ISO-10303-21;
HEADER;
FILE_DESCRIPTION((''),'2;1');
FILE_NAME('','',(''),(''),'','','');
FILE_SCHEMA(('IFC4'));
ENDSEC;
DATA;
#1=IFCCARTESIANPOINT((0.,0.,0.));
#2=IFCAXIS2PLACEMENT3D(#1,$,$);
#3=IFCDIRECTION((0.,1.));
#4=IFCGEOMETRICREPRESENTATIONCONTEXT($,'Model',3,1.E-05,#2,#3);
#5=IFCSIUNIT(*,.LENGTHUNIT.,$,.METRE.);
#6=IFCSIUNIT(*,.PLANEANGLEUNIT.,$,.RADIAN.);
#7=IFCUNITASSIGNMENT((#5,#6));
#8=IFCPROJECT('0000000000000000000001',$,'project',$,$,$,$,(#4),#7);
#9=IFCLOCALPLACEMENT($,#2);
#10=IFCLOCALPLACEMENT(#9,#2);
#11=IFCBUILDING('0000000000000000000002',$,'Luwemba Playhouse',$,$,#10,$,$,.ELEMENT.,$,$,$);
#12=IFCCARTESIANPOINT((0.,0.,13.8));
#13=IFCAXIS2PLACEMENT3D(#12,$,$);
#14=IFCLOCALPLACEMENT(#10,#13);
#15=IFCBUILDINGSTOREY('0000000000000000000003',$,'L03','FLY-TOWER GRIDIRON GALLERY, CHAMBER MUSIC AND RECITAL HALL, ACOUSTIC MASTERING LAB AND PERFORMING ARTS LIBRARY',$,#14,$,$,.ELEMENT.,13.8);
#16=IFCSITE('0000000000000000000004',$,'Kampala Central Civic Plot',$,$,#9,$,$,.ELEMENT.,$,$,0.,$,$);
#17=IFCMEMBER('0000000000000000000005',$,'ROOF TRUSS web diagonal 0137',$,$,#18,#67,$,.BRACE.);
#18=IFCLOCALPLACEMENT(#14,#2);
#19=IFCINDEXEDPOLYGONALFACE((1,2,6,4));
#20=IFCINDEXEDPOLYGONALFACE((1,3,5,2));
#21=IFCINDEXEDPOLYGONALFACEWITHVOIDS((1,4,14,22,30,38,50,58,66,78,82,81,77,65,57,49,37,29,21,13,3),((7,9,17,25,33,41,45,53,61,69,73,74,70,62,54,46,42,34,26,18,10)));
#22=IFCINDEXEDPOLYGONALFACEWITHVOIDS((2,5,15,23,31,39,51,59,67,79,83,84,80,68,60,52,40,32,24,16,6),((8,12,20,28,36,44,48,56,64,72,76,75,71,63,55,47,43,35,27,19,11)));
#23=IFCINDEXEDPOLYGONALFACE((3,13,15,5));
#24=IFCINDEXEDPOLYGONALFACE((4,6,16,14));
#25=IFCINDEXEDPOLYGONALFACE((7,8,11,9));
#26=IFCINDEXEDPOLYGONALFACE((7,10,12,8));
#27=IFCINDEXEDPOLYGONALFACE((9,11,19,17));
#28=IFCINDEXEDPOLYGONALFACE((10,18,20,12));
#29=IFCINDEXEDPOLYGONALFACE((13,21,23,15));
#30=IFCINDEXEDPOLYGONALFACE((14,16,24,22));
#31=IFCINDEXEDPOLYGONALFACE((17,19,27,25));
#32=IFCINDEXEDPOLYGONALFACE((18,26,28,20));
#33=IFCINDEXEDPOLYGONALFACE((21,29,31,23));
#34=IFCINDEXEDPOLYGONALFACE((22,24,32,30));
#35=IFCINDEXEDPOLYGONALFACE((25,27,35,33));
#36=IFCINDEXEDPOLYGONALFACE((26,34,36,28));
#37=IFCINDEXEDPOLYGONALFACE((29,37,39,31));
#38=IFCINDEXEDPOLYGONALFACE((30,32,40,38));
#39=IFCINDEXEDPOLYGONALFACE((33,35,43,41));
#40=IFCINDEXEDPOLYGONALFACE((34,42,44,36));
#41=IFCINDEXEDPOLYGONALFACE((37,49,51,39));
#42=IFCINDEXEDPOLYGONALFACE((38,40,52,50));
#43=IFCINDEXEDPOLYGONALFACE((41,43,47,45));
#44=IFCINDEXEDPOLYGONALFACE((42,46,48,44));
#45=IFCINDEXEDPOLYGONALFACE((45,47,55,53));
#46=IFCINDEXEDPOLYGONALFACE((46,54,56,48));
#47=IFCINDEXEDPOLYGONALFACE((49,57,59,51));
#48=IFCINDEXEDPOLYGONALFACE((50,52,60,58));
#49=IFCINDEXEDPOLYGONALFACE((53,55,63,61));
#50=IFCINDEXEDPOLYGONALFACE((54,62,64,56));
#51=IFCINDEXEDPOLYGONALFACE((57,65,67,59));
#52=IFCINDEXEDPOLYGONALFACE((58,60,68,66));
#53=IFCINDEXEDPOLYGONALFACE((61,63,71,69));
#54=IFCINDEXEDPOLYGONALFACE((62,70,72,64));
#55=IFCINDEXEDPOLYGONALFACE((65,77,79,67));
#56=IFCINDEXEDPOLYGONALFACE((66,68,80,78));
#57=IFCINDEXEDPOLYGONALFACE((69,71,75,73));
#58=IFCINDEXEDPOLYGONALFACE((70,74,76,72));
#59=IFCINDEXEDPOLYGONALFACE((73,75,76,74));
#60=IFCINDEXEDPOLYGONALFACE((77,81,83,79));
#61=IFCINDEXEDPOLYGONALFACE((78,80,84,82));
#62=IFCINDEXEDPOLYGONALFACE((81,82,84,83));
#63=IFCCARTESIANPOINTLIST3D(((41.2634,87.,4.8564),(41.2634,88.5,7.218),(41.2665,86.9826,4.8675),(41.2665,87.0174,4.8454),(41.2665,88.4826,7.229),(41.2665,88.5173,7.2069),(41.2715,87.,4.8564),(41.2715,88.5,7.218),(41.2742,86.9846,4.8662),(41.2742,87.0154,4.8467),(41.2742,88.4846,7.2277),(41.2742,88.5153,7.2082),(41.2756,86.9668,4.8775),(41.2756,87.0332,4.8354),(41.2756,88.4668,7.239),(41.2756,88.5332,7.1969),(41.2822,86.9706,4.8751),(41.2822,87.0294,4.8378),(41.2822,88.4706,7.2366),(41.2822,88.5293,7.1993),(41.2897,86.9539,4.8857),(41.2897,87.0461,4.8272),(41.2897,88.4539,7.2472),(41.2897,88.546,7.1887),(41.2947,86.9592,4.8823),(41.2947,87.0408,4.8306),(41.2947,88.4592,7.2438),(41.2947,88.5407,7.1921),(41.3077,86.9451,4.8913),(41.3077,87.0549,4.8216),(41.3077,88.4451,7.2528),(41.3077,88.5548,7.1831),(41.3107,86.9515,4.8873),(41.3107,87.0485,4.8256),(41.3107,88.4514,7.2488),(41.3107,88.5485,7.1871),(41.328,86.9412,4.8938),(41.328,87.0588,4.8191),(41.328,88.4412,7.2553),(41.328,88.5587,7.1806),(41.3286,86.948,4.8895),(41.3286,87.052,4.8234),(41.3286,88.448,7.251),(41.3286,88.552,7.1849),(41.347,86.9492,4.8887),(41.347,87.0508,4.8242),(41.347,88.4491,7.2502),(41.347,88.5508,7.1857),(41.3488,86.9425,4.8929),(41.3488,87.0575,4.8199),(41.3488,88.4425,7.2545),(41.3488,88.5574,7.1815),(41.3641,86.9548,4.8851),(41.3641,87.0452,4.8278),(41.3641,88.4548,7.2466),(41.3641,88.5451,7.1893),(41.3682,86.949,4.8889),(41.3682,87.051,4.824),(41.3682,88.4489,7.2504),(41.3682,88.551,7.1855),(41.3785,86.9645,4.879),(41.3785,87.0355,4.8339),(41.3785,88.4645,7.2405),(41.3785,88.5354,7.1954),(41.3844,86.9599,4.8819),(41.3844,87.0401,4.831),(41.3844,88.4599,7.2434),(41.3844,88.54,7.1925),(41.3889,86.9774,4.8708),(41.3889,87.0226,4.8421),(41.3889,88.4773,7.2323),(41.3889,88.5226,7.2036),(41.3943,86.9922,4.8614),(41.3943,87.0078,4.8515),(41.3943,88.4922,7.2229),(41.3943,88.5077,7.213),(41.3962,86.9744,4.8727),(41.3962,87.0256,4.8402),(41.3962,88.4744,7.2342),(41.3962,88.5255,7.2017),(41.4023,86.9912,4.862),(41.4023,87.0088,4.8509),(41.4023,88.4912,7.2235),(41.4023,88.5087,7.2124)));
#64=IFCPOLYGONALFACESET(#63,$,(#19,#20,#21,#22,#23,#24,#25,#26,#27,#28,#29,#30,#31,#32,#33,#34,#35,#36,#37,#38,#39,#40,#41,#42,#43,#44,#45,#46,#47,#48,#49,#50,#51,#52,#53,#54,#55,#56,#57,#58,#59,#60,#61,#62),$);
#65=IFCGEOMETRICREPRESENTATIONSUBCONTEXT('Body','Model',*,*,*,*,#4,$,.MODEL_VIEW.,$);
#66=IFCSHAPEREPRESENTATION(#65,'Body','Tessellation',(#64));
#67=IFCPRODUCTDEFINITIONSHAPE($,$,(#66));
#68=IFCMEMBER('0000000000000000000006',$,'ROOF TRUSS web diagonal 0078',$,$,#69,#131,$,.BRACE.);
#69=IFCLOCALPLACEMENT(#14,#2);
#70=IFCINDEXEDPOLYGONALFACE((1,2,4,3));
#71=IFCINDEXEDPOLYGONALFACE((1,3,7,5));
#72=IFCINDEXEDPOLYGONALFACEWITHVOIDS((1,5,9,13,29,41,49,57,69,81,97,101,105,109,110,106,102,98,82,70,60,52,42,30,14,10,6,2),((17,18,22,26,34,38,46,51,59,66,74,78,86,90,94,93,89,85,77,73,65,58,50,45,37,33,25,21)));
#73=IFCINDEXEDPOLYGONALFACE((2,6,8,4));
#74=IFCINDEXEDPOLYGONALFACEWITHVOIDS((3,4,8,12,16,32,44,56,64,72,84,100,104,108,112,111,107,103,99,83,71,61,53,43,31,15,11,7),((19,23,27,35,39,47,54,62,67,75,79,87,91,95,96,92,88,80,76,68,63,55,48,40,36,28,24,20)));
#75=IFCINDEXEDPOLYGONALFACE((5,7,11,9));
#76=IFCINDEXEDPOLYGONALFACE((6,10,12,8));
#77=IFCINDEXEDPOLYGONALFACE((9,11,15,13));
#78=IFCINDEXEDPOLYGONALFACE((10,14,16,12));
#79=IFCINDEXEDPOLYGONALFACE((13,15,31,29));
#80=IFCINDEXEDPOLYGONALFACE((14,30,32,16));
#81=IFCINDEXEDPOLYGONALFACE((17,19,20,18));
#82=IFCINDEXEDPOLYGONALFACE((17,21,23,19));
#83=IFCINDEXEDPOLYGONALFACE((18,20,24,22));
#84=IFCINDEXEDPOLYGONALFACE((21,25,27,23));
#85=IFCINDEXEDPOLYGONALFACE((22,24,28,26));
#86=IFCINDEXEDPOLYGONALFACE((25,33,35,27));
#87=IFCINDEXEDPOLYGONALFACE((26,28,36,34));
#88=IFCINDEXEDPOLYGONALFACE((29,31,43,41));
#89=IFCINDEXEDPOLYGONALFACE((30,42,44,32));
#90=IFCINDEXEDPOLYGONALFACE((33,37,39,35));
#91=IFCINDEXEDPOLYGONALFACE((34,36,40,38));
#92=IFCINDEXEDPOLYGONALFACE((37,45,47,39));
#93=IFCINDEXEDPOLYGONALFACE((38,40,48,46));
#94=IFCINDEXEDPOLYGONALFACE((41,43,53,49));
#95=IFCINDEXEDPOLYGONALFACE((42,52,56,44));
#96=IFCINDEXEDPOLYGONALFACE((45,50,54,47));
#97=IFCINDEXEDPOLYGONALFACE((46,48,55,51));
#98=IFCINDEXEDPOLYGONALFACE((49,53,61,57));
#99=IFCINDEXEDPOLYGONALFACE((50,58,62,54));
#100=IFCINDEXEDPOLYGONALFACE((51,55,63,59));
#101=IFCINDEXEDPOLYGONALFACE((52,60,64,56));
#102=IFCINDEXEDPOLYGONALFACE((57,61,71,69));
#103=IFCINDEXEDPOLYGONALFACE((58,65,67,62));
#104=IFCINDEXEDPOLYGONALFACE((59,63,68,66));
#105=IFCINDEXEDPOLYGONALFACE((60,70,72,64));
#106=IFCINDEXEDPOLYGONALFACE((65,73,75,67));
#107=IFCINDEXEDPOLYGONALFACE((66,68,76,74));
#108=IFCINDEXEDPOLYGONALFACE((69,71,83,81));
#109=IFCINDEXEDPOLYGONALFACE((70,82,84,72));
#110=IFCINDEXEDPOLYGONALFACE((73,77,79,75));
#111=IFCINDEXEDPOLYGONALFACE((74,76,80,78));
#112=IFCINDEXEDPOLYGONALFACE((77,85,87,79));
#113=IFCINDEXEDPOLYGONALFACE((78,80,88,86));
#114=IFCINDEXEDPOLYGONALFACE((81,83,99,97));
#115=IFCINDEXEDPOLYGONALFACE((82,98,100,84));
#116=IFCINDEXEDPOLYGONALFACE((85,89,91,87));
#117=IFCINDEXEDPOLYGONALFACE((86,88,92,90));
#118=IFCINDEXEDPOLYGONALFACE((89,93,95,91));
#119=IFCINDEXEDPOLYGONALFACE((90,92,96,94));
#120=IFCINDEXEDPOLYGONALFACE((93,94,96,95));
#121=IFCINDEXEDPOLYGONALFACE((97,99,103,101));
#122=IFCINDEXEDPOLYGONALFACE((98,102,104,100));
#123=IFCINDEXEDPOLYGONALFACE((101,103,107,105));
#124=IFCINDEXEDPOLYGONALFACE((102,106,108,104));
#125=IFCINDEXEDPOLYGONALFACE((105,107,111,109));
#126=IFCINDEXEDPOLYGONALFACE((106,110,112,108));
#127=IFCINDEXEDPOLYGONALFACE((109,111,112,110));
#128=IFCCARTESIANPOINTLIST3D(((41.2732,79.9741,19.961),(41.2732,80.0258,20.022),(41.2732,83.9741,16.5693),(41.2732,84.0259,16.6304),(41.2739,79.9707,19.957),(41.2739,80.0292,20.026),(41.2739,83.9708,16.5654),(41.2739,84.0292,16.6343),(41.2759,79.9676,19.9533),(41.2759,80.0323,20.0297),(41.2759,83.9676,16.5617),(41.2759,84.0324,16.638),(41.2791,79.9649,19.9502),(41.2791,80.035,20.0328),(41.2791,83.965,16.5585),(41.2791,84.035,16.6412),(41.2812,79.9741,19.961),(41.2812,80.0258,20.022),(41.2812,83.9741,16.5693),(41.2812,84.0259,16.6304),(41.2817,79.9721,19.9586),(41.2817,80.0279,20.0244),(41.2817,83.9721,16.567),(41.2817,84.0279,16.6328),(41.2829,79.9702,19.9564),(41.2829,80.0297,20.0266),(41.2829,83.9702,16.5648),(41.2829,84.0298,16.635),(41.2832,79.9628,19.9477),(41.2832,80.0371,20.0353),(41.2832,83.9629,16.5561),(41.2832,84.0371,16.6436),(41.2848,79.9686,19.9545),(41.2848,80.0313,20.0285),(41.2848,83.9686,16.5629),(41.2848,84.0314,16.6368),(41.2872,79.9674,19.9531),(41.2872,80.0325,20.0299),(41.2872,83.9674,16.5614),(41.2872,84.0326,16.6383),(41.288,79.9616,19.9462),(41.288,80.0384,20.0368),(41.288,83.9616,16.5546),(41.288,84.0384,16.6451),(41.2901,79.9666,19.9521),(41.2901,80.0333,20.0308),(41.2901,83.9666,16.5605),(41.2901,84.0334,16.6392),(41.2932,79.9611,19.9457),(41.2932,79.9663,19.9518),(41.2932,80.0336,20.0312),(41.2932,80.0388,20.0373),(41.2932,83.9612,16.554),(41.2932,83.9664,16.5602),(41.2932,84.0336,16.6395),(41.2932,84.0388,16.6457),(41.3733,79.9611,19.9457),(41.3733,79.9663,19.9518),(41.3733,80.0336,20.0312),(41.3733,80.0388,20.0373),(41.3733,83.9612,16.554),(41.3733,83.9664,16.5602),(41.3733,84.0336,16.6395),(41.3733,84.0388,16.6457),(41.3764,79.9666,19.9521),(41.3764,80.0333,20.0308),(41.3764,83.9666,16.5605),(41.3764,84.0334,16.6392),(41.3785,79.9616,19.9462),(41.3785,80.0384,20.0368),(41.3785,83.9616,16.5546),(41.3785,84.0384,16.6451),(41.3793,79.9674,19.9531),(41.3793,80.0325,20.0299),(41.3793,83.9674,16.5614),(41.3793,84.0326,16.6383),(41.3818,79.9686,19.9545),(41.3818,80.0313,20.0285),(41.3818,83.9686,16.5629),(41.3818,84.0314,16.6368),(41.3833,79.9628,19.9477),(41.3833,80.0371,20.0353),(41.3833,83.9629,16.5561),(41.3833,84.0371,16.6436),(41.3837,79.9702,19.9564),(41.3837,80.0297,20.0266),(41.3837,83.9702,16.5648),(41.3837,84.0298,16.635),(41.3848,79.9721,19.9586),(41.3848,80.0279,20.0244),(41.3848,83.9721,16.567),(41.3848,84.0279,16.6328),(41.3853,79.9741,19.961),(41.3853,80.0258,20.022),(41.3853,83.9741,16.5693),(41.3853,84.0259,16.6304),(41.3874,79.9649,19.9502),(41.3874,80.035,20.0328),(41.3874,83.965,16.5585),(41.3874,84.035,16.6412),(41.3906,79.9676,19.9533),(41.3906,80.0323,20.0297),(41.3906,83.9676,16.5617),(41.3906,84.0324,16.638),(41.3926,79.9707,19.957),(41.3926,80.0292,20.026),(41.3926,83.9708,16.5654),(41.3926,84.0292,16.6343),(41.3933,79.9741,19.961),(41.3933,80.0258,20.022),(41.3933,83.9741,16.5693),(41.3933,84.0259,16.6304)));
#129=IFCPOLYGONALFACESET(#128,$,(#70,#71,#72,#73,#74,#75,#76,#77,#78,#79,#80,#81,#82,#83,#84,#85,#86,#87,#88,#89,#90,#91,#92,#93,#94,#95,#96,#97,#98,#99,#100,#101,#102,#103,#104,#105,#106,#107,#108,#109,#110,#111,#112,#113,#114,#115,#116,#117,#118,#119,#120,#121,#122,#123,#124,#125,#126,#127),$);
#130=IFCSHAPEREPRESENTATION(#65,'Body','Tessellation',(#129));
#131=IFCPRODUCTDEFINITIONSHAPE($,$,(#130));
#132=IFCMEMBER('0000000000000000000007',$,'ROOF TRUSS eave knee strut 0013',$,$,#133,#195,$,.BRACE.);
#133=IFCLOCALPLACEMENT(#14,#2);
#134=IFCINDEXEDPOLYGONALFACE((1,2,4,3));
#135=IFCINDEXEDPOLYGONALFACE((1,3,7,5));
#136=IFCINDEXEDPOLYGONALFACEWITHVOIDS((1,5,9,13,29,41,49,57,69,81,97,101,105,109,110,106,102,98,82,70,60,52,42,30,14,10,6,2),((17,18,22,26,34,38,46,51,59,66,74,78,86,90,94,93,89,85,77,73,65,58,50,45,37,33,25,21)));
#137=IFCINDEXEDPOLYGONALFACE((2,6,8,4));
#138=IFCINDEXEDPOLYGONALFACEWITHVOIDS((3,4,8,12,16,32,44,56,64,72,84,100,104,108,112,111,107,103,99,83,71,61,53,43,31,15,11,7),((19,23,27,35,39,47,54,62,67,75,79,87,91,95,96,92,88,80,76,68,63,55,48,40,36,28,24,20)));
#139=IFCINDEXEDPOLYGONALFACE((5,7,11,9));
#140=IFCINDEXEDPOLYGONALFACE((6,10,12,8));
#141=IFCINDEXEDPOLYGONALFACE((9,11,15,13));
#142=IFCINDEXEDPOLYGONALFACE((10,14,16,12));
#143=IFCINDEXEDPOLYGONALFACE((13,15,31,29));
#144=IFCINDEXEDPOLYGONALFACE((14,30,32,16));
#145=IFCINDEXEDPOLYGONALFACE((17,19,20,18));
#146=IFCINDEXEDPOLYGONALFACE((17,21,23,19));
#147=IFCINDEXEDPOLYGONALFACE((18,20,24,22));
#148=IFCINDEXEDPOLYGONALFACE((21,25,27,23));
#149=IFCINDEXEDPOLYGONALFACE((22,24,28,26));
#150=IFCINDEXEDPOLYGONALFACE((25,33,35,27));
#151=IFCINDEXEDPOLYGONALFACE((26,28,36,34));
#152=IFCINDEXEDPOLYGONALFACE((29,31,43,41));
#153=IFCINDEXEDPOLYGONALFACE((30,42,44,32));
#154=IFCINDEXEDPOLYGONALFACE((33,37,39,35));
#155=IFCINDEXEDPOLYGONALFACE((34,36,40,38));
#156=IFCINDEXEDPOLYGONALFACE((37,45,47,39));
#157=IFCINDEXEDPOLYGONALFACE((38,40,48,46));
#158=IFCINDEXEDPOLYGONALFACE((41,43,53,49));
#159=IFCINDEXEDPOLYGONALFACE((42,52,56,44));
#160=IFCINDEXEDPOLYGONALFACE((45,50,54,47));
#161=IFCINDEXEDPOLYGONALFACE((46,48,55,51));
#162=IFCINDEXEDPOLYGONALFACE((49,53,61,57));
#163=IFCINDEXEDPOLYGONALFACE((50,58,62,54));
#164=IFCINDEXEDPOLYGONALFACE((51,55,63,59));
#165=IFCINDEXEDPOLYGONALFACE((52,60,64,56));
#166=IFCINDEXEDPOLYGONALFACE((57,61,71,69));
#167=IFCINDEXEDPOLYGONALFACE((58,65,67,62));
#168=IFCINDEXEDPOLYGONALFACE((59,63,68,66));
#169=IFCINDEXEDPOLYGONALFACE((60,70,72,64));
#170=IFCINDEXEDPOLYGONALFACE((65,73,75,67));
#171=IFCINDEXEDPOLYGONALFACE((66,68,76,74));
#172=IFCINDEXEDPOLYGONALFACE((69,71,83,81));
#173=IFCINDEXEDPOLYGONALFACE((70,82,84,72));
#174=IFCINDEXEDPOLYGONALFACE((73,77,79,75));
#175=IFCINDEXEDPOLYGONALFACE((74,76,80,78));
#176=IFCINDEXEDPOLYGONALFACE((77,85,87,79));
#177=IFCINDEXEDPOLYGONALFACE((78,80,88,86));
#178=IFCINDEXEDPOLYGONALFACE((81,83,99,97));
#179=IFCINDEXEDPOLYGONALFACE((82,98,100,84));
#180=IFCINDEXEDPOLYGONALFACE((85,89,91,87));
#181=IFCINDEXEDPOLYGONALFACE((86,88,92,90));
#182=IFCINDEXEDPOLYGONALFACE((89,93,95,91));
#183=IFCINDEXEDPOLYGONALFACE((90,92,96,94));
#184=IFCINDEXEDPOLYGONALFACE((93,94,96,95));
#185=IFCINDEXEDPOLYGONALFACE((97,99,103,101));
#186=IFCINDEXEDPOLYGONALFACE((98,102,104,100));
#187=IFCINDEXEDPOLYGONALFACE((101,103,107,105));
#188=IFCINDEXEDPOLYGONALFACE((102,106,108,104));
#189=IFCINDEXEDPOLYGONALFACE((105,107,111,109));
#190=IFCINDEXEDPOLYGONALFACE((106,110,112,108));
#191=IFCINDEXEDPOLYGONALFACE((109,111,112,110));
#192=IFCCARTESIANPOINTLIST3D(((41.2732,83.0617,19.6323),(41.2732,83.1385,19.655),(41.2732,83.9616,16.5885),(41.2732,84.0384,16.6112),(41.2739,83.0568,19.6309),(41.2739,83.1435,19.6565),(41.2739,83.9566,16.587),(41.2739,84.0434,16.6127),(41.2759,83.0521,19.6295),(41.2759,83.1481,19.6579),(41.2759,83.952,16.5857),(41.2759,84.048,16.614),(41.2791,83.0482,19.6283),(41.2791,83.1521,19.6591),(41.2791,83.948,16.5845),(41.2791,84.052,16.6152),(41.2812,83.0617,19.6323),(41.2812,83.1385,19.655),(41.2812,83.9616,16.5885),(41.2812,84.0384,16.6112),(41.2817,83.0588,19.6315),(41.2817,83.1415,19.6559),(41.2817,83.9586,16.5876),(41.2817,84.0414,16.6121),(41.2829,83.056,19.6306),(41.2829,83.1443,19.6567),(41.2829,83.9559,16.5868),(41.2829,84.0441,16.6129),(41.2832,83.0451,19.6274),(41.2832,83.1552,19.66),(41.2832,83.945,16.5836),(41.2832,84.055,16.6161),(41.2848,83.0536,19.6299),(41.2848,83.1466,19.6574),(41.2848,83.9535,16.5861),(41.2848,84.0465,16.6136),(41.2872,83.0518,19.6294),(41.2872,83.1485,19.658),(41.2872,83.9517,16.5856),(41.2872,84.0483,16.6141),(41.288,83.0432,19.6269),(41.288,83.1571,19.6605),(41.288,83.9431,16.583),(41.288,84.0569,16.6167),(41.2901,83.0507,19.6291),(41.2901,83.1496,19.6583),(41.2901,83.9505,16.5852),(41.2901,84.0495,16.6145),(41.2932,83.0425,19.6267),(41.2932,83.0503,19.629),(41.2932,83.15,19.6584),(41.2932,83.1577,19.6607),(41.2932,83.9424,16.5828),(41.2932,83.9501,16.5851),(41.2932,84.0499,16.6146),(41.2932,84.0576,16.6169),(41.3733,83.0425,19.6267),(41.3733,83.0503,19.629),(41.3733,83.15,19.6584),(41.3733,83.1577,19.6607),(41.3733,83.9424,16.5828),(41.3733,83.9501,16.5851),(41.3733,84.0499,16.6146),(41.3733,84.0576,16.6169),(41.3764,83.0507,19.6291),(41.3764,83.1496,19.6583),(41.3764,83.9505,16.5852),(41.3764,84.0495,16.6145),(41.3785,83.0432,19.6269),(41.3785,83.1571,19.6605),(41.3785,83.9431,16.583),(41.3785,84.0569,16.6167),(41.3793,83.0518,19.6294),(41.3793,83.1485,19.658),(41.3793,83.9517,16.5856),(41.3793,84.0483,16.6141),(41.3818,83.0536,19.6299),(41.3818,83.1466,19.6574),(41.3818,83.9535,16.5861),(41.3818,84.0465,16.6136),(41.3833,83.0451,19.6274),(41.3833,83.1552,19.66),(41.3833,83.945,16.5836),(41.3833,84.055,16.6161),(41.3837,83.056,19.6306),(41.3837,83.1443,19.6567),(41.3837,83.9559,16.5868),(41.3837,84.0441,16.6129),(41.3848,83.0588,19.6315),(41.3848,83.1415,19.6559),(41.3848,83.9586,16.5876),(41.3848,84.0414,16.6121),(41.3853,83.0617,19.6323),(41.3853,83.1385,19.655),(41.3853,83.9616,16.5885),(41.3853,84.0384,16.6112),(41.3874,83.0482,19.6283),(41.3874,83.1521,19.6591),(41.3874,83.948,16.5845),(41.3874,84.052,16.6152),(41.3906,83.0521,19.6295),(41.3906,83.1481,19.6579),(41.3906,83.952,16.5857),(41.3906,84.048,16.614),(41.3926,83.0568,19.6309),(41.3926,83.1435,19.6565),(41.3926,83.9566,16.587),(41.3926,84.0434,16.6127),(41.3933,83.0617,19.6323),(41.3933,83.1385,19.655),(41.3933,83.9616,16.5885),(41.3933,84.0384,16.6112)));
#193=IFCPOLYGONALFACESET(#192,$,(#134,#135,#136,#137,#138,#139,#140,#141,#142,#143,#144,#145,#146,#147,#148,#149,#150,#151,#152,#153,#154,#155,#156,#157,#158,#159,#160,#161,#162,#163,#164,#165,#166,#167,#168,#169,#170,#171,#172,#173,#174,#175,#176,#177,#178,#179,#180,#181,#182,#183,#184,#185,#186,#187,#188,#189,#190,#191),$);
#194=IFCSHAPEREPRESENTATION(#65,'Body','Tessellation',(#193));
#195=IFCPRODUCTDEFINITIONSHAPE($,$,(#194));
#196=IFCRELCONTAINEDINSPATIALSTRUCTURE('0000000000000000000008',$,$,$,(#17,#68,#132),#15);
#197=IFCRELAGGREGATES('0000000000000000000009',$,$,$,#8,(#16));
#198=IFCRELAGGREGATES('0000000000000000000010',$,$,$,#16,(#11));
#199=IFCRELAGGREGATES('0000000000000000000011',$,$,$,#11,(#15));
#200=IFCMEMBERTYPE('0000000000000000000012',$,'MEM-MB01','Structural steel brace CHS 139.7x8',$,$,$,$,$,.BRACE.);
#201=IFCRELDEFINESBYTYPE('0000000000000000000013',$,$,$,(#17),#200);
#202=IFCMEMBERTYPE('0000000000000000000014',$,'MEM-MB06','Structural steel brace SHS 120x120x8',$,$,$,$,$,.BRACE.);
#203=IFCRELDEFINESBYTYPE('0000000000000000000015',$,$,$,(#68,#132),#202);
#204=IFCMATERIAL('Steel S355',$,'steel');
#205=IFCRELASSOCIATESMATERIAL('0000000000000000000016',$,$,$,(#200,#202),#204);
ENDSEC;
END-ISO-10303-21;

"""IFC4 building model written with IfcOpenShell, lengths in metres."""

from ifc_helpers import new_model, si_unit, direction, frame, origin, origin_2d, place, context, subcontext, project, spatial, hollow_rectangle, hollow_circle, extrude, material, material_profile, profile_set, type_object, element, save


model = new_model("IFC4")

# Units and contexts
model_context = context("Model", 3, precision=1e-05, world=origin(), true_north=direction((0.0, 1.0)))
body_context = subcontext(model_context, "Body", "Model", "MODEL_VIEW")
ifc_project = project(units=[si_unit("LENGTHUNIT", "METRE"), si_unit("PLANEANGLEUNIT", "RADIAN")], contexts=[model_context])

# Site, building, storey
site_placement = place(None, origin())
site = spatial("IfcSite", under=ifc_project, at=site_placement, Name="Kampala Central Civic Plot", CompositionType="ELEMENT", RefElevation=0.0)
building_placement = place(site_placement, origin())
building = spatial("IfcBuilding", under=site, at=building_placement, Name="Luwemba Playhouse", CompositionType="ELEMENT")
storey_placement = place(building_placement, frame((0.0, 0.0, 13.8)))
storey = spatial("IfcBuildingStorey", under=building, at=storey_placement, Name="L03", Description="FLY-TOWER GRIDIRON GALLERY, CHAMBER MUSIC AND RECITAL HALL, ACOUSTIC MASTERING LAB AND PERFORMING ARTS LIBRARY", CompositionType="ELEMENT", Elevation=13.8)

# Shared definitions
ifc_material_1 = material(Name="Steel S355", Category="steel")

# Members
ifc_material_profile_1 = material_profile(ifc_material_1, hollow_circle(Radius=0.0698, WallThickness=0.0081, at=origin_2d()))
ifc_profile_set_1 = profile_set([ifc_material_profile_1], Name="Steel S355")
member_type_1 = type_object("IfcMemberType", Name="MEM-MB01", Description="Structural steel brace CHS 139.7x8", PredefinedType="BRACE", material=ifc_profile_set_1)
for number, where, z_axis, x_axis, name in (
    (1, (41.3333, 87.0, 4.8564), (0.0, 0.536158, 0.844118), (-1.0, 0.0, 0.0), "ROOF TRUSS web diagonal 0137"),
):
    element("IfcMember", number, at=place(storey_placement, frame(where, z_axis=z_axis, x_axis=x_axis)), inside=storey, type_object=member_type_1, Name=name, PredefinedType="BRACE", context=body_context, shape_type="SweptSolid", body=[
        extrude(hollow_circle(Radius=0.0698, WallThickness=0.0081, at=origin_2d()), origin(), (0.0, 0.0, 1.0), 2.7976),
    ])
ifc_material_profile_2 = material_profile(ifc_material_1, hollow_rectangle(XDim=0.1201, YDim=0.1201, WallThickness=0.0081, InnerFilletRadius=0.012, OuterFilletRadius=0.02, at=origin_2d()))
ifc_profile_set_2 = profile_set([ifc_material_profile_2], Name="Steel S355")
member_type_2 = type_object("IfcMemberType", Name="MEM-MB06", Description="Structural steel brace SHS 120x120x8", PredefinedType="BRACE", material=ifc_profile_set_2)
member_1_placement = place(storey_placement, frame((41.3333, 84.0, 16.5999), z_axis=(0.0, -0.762729, 0.646718), x_axis=(1.0, 0.0, 0.0)))
element("IfcMember", 2, at=member_1_placement, inside=storey, type_object=member_type_2, Name="ROOF TRUSS web diagonal 0078", PredefinedType="BRACE", context=body_context, shape_type="SweptSolid", body=[
    extrude(hollow_rectangle(XDim=0.1201, YDim=0.1201, WallThickness=0.0081, InnerFilletRadius=0.012, OuterFilletRadius=0.02, at=origin_2d()), origin(), (0.0, 0.0, 1.0), 5.2444),
])
member_2_placement = place(storey_placement, frame((41.3333, 84.0, 16.5999), z_axis=(0.0, -0.283507, 0.95897), x_axis=(1.0, 0.0, 0.0)))
element("IfcMember", 3, at=member_2_placement, inside=storey, type_object=member_type_2, Name="ROOF TRUSS eave knee strut 0013", PredefinedType="BRACE", context=body_context, shape_type="SweptSolid", body=[
    extrude(hollow_rectangle(XDim=0.1201, YDim=0.1201, WallThickness=0.0081, InnerFilletRadius=0.012, OuterFilletRadius=0.02, at=origin_2d()), origin(), (0.0, 0.0, 1.0), 3.1741),
])

save(model, "model.ifc")
